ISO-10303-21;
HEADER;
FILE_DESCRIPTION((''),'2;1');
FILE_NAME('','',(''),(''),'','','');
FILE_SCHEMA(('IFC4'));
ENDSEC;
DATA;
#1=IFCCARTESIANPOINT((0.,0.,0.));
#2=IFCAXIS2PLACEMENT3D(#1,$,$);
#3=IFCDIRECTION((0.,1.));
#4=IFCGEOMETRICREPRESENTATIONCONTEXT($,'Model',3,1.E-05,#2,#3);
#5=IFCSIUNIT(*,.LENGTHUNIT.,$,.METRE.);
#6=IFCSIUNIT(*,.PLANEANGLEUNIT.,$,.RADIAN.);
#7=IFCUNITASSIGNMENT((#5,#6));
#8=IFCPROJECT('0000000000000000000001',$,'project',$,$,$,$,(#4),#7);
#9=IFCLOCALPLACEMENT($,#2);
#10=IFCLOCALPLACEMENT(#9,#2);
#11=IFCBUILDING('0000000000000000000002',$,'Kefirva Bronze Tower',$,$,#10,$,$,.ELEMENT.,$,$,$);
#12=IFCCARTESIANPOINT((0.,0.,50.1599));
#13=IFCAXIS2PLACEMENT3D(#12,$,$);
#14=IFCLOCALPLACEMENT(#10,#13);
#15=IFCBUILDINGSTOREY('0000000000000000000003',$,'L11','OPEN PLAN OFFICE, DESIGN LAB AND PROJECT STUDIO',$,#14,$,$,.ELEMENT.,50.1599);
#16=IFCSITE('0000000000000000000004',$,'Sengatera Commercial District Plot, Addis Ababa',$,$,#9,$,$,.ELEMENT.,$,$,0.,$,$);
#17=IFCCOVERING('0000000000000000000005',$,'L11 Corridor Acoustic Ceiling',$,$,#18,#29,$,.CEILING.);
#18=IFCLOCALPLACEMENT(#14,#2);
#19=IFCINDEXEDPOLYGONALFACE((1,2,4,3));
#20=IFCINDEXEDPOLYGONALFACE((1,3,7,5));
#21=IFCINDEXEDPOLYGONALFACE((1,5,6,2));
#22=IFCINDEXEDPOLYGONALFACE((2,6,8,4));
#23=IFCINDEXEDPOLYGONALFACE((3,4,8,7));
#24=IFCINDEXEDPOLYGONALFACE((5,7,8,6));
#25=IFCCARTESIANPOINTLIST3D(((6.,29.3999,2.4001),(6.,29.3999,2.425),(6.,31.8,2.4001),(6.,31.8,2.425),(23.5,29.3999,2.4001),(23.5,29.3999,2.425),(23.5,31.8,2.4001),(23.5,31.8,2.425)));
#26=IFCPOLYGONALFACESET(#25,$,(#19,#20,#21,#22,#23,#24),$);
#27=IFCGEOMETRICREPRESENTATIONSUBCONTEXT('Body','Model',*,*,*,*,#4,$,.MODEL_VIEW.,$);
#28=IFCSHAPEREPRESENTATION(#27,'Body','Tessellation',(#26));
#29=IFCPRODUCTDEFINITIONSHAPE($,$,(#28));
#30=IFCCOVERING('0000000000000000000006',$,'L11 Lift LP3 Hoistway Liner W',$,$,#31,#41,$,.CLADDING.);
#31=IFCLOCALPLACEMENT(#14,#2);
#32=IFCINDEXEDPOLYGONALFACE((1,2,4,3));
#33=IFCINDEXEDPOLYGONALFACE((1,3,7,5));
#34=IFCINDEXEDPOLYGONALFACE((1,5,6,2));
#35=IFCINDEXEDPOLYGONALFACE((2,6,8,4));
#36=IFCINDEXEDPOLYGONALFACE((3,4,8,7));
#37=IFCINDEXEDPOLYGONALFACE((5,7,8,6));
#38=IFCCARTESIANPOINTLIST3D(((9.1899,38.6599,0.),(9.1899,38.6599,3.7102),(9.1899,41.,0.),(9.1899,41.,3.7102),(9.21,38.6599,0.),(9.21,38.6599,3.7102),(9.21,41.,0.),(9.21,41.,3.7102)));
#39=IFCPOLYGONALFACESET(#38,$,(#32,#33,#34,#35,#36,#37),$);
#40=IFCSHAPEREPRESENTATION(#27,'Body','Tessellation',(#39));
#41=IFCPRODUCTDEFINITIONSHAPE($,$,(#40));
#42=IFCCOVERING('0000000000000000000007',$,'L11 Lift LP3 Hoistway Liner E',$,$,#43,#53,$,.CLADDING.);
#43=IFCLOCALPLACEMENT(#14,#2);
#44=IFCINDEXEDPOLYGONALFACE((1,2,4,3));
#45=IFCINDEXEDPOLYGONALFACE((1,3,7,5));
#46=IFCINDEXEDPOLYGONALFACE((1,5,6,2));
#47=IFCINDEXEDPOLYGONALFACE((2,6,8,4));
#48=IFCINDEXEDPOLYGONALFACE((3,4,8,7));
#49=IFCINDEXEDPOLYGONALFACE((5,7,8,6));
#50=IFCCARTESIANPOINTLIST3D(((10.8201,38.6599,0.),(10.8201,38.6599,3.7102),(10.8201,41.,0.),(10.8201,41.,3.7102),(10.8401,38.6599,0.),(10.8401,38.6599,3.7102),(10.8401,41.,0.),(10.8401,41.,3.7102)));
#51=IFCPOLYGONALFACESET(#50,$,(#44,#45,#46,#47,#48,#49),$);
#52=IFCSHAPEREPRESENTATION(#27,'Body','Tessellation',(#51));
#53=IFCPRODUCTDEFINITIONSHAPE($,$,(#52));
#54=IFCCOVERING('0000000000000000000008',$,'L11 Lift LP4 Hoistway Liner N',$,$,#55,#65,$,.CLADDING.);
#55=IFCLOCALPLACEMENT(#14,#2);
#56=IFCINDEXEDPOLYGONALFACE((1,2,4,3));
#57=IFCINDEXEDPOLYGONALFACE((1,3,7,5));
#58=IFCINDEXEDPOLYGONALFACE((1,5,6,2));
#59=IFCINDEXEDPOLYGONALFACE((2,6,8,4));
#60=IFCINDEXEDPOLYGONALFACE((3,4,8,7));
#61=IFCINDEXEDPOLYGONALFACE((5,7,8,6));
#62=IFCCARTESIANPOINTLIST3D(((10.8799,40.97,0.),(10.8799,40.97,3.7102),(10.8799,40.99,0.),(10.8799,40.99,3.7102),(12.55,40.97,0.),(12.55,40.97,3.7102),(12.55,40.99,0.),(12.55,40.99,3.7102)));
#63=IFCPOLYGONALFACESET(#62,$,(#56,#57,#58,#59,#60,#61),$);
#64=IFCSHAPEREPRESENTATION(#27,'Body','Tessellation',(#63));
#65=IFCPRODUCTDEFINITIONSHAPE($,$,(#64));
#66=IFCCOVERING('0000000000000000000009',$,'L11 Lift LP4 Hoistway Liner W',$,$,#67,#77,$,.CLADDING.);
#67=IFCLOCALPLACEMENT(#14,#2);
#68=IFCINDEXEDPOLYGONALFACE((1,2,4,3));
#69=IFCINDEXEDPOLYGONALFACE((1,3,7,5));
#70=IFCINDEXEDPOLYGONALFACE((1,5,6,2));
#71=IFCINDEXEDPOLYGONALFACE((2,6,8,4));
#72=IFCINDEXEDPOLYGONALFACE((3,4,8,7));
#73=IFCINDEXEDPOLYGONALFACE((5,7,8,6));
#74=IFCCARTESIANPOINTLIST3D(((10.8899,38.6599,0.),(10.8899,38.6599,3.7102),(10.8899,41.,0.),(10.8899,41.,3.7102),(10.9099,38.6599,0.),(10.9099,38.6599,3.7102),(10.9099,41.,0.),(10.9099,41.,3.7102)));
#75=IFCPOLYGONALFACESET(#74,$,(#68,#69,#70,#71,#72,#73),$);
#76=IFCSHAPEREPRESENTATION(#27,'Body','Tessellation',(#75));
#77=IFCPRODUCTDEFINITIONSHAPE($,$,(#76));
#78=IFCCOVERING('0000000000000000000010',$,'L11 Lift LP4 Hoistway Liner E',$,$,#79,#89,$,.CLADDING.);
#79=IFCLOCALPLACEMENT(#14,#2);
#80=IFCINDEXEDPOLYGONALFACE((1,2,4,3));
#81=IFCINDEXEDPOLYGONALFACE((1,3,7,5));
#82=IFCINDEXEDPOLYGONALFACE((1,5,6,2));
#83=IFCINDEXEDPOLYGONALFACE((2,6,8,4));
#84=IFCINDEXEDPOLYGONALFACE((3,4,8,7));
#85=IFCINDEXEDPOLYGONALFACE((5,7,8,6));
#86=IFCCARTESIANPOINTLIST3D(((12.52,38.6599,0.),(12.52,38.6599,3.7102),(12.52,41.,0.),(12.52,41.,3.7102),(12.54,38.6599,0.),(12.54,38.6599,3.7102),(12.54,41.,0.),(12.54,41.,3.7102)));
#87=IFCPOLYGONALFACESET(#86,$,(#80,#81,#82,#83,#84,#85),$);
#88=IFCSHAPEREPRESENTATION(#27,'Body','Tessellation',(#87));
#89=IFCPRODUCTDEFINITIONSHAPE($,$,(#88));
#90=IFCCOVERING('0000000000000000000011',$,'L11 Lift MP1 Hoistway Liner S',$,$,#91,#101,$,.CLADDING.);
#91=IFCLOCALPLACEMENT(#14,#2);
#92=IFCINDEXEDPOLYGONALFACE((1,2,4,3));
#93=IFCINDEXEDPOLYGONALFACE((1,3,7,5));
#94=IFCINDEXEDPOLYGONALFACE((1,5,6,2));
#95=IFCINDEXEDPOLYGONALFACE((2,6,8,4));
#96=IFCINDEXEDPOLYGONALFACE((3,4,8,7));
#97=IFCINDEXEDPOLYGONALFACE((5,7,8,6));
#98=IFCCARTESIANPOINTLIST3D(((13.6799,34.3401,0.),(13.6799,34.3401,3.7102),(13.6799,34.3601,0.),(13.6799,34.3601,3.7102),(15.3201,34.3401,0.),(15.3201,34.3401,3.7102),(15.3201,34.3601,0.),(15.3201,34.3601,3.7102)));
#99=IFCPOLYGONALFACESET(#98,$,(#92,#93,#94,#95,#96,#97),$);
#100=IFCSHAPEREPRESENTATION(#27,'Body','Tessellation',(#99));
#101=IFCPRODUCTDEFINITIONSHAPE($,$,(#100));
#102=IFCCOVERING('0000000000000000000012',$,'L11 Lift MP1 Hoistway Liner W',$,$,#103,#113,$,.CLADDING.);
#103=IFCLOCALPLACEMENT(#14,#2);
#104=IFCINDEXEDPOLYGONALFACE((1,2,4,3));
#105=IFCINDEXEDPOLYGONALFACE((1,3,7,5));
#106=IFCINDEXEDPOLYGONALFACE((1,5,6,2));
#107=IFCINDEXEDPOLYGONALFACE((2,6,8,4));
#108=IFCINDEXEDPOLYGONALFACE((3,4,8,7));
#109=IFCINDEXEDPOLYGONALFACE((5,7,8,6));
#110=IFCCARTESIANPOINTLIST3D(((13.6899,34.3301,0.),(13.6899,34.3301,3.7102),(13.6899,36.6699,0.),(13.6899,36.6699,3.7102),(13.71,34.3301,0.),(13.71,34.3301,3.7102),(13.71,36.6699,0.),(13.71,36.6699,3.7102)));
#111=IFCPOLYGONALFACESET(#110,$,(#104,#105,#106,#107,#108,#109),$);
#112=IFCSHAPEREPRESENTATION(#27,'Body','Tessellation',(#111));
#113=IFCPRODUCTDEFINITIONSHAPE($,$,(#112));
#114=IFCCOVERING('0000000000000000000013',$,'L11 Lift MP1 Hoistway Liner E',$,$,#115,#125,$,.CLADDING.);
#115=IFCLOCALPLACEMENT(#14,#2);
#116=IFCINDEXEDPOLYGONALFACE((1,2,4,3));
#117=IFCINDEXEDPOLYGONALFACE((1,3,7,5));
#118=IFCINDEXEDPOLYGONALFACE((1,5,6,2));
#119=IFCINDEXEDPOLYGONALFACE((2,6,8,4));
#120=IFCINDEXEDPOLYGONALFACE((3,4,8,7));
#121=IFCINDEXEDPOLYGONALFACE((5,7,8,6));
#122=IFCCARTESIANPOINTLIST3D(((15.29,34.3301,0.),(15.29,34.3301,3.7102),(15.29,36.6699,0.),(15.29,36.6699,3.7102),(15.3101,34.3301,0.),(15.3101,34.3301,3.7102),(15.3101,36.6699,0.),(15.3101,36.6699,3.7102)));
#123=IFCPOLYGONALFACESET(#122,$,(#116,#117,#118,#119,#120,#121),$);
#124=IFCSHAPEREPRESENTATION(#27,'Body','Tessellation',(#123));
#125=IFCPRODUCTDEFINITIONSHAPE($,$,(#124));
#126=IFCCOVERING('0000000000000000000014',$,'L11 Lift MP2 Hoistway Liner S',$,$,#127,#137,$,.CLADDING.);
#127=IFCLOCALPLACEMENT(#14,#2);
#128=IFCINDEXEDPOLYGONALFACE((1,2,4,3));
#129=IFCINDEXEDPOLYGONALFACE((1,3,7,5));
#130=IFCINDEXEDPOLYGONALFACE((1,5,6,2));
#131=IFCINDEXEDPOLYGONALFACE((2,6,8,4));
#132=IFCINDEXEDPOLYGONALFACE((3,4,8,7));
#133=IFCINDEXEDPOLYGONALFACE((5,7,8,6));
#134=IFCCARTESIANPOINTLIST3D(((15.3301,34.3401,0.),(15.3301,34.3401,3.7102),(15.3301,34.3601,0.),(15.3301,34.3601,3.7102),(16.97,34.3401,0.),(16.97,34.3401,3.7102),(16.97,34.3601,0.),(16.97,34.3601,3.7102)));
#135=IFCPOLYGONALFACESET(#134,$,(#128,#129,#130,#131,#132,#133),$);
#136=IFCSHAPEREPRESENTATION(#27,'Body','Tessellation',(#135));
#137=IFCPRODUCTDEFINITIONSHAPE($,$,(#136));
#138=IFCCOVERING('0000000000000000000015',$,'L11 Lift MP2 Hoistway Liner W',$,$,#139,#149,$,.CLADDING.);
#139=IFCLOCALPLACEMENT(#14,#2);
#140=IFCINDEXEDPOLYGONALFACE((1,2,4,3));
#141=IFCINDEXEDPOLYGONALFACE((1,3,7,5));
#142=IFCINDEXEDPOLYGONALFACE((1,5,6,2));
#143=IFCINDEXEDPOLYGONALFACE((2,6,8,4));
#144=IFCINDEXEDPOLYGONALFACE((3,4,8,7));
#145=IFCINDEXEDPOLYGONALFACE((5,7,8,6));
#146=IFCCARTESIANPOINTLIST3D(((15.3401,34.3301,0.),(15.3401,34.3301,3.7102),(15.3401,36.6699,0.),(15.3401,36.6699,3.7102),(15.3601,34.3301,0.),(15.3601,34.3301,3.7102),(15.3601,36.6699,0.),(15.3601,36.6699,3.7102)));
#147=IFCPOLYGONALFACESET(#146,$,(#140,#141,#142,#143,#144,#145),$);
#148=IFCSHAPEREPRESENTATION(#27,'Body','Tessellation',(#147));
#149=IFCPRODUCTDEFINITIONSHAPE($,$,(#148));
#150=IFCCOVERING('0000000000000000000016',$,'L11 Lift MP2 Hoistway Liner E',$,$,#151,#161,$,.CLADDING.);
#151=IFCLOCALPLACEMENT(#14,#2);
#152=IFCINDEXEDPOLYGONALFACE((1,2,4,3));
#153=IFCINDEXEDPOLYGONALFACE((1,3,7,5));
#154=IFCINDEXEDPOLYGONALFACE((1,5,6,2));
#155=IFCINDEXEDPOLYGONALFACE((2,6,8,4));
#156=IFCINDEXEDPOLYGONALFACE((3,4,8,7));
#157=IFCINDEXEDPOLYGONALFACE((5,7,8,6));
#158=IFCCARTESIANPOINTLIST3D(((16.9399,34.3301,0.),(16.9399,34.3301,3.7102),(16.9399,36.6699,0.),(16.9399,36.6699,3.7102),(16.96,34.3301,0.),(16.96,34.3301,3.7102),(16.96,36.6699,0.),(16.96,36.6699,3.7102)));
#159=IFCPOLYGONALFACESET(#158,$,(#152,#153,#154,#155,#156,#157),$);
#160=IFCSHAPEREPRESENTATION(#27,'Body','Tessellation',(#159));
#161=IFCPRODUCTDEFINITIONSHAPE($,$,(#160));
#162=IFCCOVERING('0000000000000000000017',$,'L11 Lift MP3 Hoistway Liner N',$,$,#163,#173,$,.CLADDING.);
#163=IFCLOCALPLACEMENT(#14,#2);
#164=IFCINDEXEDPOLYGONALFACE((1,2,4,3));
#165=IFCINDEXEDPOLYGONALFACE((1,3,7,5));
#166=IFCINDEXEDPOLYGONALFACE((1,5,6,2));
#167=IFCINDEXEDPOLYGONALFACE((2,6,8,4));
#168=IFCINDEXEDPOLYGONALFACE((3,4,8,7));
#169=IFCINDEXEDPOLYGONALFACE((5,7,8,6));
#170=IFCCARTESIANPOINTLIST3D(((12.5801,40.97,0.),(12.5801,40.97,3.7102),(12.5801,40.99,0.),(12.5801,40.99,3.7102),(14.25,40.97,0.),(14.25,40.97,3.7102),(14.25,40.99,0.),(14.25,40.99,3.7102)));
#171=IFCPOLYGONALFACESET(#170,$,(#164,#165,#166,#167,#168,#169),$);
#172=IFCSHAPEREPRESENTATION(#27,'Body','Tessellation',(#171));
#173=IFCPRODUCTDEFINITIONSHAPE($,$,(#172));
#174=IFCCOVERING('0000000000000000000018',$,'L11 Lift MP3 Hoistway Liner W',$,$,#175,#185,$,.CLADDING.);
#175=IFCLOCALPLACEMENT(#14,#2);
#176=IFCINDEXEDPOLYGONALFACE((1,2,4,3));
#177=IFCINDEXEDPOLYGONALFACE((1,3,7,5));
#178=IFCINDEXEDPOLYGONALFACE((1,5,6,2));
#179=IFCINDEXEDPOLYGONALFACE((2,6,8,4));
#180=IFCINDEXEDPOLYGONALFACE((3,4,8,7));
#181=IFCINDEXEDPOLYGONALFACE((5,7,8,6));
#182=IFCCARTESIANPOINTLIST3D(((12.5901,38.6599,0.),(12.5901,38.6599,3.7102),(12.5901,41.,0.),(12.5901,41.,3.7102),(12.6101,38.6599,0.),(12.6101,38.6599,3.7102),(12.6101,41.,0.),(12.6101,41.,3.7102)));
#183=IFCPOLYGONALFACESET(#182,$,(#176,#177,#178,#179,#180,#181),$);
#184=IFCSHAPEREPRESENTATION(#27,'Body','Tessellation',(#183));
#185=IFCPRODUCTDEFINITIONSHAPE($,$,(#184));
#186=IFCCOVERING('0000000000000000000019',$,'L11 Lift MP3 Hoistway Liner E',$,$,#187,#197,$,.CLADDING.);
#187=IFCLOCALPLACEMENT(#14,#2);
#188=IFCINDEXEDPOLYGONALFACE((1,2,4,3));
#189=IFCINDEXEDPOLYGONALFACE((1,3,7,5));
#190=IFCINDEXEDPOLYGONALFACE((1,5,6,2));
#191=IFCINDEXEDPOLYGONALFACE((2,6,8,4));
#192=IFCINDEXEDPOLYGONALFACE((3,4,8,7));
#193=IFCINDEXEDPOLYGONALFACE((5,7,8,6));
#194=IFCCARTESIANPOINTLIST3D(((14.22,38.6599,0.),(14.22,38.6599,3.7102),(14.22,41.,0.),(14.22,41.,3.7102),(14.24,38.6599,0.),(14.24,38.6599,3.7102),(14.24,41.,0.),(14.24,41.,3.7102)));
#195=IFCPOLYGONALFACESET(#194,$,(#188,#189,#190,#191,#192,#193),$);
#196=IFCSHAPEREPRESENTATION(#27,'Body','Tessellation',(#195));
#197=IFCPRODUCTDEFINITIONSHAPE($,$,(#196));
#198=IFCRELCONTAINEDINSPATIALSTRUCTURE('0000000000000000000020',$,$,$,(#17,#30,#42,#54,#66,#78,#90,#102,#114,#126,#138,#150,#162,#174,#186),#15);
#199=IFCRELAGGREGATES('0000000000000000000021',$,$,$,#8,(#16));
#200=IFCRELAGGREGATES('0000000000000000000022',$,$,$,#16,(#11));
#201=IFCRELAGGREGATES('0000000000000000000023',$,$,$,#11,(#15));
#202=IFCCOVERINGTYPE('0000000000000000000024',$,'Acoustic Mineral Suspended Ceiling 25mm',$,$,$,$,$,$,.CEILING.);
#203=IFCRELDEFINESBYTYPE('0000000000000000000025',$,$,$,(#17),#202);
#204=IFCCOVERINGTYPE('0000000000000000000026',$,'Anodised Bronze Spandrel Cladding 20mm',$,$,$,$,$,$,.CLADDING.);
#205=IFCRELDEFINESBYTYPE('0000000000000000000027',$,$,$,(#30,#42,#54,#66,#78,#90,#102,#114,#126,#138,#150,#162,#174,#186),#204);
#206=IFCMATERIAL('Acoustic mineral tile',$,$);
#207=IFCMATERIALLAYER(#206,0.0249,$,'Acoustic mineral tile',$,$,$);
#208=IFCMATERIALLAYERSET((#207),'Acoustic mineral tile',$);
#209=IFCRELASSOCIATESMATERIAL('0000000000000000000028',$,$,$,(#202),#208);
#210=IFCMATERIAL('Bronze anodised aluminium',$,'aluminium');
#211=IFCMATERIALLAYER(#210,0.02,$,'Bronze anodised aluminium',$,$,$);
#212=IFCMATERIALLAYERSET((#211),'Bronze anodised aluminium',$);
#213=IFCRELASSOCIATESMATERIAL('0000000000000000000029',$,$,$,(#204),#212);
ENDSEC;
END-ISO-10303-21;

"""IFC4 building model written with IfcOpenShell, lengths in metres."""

from ifc_helpers import new_model, si_unit, direction, frame, origin, place, context, subcontext, project, spatial, polyline, outline, extrude, material, layer, layer_set, type_object, element, save


model = new_model("IFC4")

# Units and contexts
model_context = context("Model", 3, precision=1e-05, world=origin(), true_north=direction((0.0, 1.0)))
body_context = subcontext(model_context, "Body", "Model", "MODEL_VIEW")
ifc_project = project(units=[si_unit("LENGTHUNIT", "METRE"), si_unit("PLANEANGLEUNIT", "RADIAN")], contexts=[model_context])

# Site, building, storey
site_placement = place(None, origin())
site = spatial("IfcSite", under=ifc_project, at=site_placement, Name="Sengatera Commercial District Plot, Addis Ababa", CompositionType="ELEMENT", RefElevation=0.0)
building_placement = place(site_placement, origin())
building = spatial("IfcBuilding", under=site, at=building_placement, Name="Kefirva Bronze Tower", CompositionType="ELEMENT")
storey_placement = place(building_placement, frame((0.0, 0.0, 50.1599)))
storey = spatial("IfcBuildingStorey", under=building, at=storey_placement, Name="L11", Description="OPEN PLAN OFFICE, DESIGN LAB AND PROJECT STUDIO", CompositionType="ELEMENT", Elevation=50.1599)

# Coverings
ifc_material_1 = material(Name="Acoustic mineral tile")
ifc_layer_1 = layer(ifc_material_1, 0.0249, Name="Acoustic mineral tile")
ifc_layer_set_1 = layer_set([ifc_layer_1], Name="Acoustic mineral tile")
covering_type_1 = type_object("IfcCoveringType", Name="Acoustic Mineral Suspended Ceiling 25mm", PredefinedType="CEILING", material=ifc_layer_set_1)
covering_1_placement = place(storey_placement, frame((0.0, 0.0, 2.4001)))
element("IfcCovering", 1, at=covering_1_placement, inside=storey, type_object=covering_type_1, Name="L11 Corridor Acoustic Ceiling", PredefinedType="CEILING", context=body_context, shape_type="SweptSolid", body=[
    extrude(outline(polyline([(6.0, 29.3999), (23.5, 29.3999), (23.5, 31.8), (6.0, 31.8), (6.0, 29.3999)])), origin(), (0.0, 0.0, 1.0), 0.0249),
])
ifc_material_2 = material(Name="Bronze anodised aluminium", Category="aluminium")
ifc_layer_2 = layer(ifc_material_2, 0.02, Name="Bronze anodised aluminium")
ifc_layer_set_2 = layer_set([ifc_layer_2], Name="Bronze anodised aluminium")
covering_type_2 = type_object("IfcCoveringType", Name="Anodised Bronze Spandrel Cladding 20mm", PredefinedType="CLADDING", material=ifc_layer_set_2)
covering_2_placement = place(storey_placement, origin())
element("IfcCovering", 2, at=covering_2_placement, inside=storey, type_object=covering_type_2, Name="L11 Lift LP3 Hoistway Liner W", PredefinedType="CLADDING", context=body_context, shape_type="SweptSolid", body=[
    extrude(outline(polyline([(9.1899, 38.6599), (9.21, 38.6599), (9.21, 41.0), (9.1899, 41.0), (9.1899, 38.6599)])), origin(), (0.0, 0.0, 1.0), 3.7102),
])
covering_3_placement = place(storey_placement, origin())
element("IfcCovering", 3, at=covering_3_placement, inside=storey, type_object=covering_type_2, Name="L11 Lift LP3 Hoistway Liner E", PredefinedType="CLADDING", context=body_context, shape_type="SweptSolid", body=[
    extrude(outline(polyline([(10.8201, 38.6599), (10.8401, 38.6599), (10.8401, 41.0), (10.8201, 41.0), (10.8201, 38.6599)])), origin(), (0.0, 0.0, 1.0), 3.7102),
])
covering_4_placement = place(storey_placement, origin())
element("IfcCovering", 4, at=covering_4_placement, inside=storey, type_object=covering_type_2, Name="L11 Lift LP4 Hoistway Liner N", PredefinedType="CLADDING", context=body_context, shape_type="SweptSolid", body=[
    extrude(outline(polyline([(10.8799, 40.97), (12.55, 40.97), (12.55, 40.99), (10.8799, 40.99), (10.8799, 40.97)])), origin(), (0.0, 0.0, 1.0), 3.7102),
])
covering_5_placement = place(storey_placement, origin())
element("IfcCovering", 5, at=covering_5_placement, inside=storey, type_object=covering_type_2, Name="L11 Lift LP4 Hoistway Liner W", PredefinedType="CLADDING", context=body_context, shape_type="SweptSolid", body=[
    extrude(outline(polyline([(10.8899, 38.6599), (10.9099, 38.6599), (10.9099, 41.0), (10.8899, 41.0), (10.8899, 38.6599)])), origin(), (0.0, 0.0, 1.0), 3.7102),
])
covering_6_placement = place(storey_placement, origin())
element("IfcCovering", 6, at=covering_6_placement, inside=storey, type_object=covering_type_2, Name="L11 Lift LP4 Hoistway Liner E", PredefinedType="CLADDING", context=body_context, shape_type="SweptSolid", body=[
    extrude(outline(polyline([(12.52, 38.6599), (12.54, 38.6599), (12.54, 41.0), (12.52, 41.0), (12.52, 38.6599)])), origin(), (0.0, 0.0, 1.0), 3.7102),
])
covering_7_placement = place(storey_placement, origin())
element("IfcCovering", 7, at=covering_7_placement, inside=storey, type_object=covering_type_2, Name="L11 Lift MP1 Hoistway Liner S", PredefinedType="CLADDING", context=body_context, shape_type="SweptSolid", body=[
    extrude(outline(polyline([(13.6799, 34.3401), (15.3201, 34.3401), (15.3201, 34.3601), (13.6799, 34.3601), (13.6799, 34.3401)])), origin(), (0.0, 0.0, 1.0), 3.7102),
])
covering_8_placement = place(storey_placement, origin())
element("IfcCovering", 8, at=covering_8_placement, inside=storey, type_object=covering_type_2, Name="L11 Lift MP1 Hoistway Liner W", PredefinedType="CLADDING", context=body_context, shape_type="SweptSolid", body=[
    extrude(outline(polyline([(13.6899, 34.3301), (13.71, 34.3301), (13.71, 36.6699), (13.6899, 36.6699), (13.6899, 34.3301)])), origin(), (0.0, 0.0, 1.0), 3.7102),
])
covering_9_placement = place(storey_placement, origin())
element("IfcCovering", 9, at=covering_9_placement, inside=storey, type_object=covering_type_2, Name="L11 Lift MP1 Hoistway Liner E", PredefinedType="CLADDING", context=body_context, shape_type="SweptSolid", body=[
    extrude(outline(polyline([(15.29, 34.3301), (15.3101, 34.3301), (15.3101, 36.6699), (15.29, 36.6699), (15.29, 34.3301)])), origin(), (0.0, 0.0, 1.0), 3.7102),
])
covering_10_placement = place(storey_placement, origin())
element("IfcCovering", 10, at=covering_10_placement, inside=storey, type_object=covering_type_2, Name="L11 Lift MP2 Hoistway Liner S", PredefinedType="CLADDING", context=body_context, shape_type="SweptSolid", body=[
    extrude(outline(polyline([(15.3301, 34.3401), (16.97, 34.3401), (16.97, 34.3601), (15.3301, 34.3601), (15.3301, 34.3401)])), origin(), (0.0, 0.0, 1.0), 3.7102),
])
covering_11_placement = place(storey_placement, origin())
element("IfcCovering", 11, at=covering_11_placement, inside=storey, type_object=covering_type_2, Name="L11 Lift MP2 Hoistway Liner W", PredefinedType="CLADDING", context=body_context, shape_type="SweptSolid", body=[
    extrude(outline(polyline([(15.3401, 34.3301), (15.3601, 34.3301), (15.3601, 36.6699), (15.3401, 36.6699), (15.3401, 34.3301)])), origin(), (0.0, 0.0, 1.0), 3.7102),
])
covering_12_placement = place(storey_placement, origin())
element("IfcCovering", 12, at=covering_12_placement, inside=storey, type_object=covering_type_2, Name="L11 Lift MP2 Hoistway Liner E", PredefinedType="CLADDING", context=body_context, shape_type="SweptSolid", body=[
    extrude(outline(polyline([(16.9399, 34.3301), (16.96, 34.3301), (16.96, 36.6699), (16.9399, 36.6699), (16.9399, 34.3301)])), origin(), (0.0, 0.0, 1.0), 3.7102),
])
covering_13_placement = place(storey_placement, origin())
element("IfcCovering", 13, at=covering_13_placement, inside=storey, type_object=covering_type_2, Name="L11 Lift MP3 Hoistway Liner N", PredefinedType="CLADDING", context=body_context, shape_type="SweptSolid", body=[
    extrude(outline(polyline([(12.5801, 40.97), (14.25, 40.97), (14.25, 40.99), (12.5801, 40.99), (12.5801, 40.97)])), origin(), (0.0, 0.0, 1.0), 3.7102),
])
covering_14_placement = place(storey_placement, origin())
element("IfcCovering", 14, at=covering_14_placement, inside=storey, type_object=covering_type_2, Name="L11 Lift MP3 Hoistway Liner W", PredefinedType="CLADDING", context=body_context, shape_type="SweptSolid", body=[
    extrude(outline(polyline([(12.5901, 38.6599), (12.6101, 38.6599), (12.6101, 41.0), (12.5901, 41.0), (12.5901, 38.6599)])), origin(), (0.0, 0.0, 1.0), 3.7102),
])
covering_15_placement = place(storey_placement, origin())
element("IfcCovering", 15, at=covering_15_placement, inside=storey, type_object=covering_type_2, Name="L11 Lift MP3 Hoistway Liner E", PredefinedType="CLADDING", context=body_context, shape_type="SweptSolid", body=[
    extrude(outline(polyline([(14.22, 38.6599), (14.24, 38.6599), (14.24, 41.0), (14.22, 41.0), (14.22, 38.6599)])), origin(), (0.0, 0.0, 1.0), 3.7102),
])

save(model, "model.ifc")
